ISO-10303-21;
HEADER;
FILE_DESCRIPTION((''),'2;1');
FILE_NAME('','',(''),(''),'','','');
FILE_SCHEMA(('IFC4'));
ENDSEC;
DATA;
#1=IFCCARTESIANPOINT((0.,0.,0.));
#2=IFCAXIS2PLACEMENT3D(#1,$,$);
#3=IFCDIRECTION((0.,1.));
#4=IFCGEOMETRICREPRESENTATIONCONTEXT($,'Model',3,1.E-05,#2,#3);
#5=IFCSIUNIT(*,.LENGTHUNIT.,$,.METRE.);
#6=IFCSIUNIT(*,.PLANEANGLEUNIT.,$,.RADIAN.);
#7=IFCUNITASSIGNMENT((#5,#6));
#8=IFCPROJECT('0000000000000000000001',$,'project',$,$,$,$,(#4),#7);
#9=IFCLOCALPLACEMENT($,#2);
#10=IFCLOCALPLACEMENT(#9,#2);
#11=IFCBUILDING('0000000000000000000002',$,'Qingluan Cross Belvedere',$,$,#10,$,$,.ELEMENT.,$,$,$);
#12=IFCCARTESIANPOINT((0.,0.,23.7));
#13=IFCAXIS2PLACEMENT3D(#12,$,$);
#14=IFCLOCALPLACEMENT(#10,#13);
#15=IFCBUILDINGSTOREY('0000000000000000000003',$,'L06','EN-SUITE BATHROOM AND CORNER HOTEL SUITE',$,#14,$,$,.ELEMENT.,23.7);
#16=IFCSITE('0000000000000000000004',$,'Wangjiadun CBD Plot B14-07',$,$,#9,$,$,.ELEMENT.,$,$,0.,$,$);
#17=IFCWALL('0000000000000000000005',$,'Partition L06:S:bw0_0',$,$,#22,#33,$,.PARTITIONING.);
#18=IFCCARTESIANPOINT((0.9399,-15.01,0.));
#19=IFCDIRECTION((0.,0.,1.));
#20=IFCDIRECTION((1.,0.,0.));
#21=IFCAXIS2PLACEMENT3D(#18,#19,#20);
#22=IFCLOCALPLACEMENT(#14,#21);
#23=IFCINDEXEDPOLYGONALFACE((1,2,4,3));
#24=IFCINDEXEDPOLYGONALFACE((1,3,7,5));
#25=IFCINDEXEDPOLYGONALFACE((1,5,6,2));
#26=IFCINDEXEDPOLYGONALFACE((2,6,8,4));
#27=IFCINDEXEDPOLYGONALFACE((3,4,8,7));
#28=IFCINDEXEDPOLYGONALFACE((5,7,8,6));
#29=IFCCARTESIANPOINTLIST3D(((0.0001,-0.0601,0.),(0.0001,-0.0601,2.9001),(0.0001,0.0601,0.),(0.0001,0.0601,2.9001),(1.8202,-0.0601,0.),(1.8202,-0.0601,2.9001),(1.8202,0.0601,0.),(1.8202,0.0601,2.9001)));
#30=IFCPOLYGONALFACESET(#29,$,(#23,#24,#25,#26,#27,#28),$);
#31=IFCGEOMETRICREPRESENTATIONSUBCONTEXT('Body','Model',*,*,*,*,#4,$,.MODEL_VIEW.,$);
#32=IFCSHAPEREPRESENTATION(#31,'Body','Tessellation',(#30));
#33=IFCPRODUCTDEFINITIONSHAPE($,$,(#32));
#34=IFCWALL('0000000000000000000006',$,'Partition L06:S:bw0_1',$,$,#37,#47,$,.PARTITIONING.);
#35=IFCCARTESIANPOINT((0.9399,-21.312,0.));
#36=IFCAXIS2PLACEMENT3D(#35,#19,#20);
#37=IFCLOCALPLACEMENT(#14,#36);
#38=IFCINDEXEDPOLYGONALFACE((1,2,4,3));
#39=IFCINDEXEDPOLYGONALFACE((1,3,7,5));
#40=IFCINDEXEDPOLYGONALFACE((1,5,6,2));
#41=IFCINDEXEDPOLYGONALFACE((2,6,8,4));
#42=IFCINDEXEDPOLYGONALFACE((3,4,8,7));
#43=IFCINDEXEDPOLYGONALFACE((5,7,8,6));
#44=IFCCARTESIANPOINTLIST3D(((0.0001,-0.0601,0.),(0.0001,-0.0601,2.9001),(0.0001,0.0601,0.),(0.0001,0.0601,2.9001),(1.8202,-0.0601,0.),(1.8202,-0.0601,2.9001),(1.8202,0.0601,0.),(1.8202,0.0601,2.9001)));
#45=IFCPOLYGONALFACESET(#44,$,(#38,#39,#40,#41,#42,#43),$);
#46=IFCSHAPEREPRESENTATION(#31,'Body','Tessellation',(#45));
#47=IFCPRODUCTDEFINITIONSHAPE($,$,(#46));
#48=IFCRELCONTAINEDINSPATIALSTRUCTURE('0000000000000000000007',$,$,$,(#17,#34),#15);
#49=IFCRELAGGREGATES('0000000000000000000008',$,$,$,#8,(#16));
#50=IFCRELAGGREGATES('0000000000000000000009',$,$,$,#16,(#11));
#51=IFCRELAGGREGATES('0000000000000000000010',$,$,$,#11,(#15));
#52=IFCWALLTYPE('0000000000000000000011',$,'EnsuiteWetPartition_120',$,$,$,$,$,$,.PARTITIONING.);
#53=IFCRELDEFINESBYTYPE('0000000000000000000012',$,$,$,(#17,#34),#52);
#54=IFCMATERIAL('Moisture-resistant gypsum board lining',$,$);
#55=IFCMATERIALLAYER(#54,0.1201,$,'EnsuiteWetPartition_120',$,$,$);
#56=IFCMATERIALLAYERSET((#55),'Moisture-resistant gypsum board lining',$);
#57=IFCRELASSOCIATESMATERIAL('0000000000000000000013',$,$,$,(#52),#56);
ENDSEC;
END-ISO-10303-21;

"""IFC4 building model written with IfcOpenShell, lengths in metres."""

from ifc_helpers import new_model, si_unit, direction, frame, frame_2d, origin, place, context, subcontext, project, spatial, rectangle, extrude, material, layer, layer_set, type_object, element, save


model = new_model("IFC4")

# Units and contexts
model_context = context("Model", 3, precision=1e-05, world=origin(), true_north=direction((0.0, 1.0)))
body_context = subcontext(model_context, "Body", "Model", "MODEL_VIEW")
ifc_project = project(units=[si_unit("LENGTHUNIT", "METRE"), si_unit("PLANEANGLEUNIT", "RADIAN")], contexts=[model_context])

# Site, building, storey
site_placement = place(None, origin())
site = spatial("IfcSite", under=ifc_project, at=site_placement, Name="Wangjiadun CBD Plot B14-07", CompositionType="ELEMENT", RefElevation=0.0)
building_placement = place(site_placement, origin())
building = spatial("IfcBuilding", under=site, at=building_placement, Name="Qingluan Cross Belvedere", CompositionType="ELEMENT")
storey_placement = place(building_placement, frame((0.0, 0.0, 23.7)))
storey = spatial("IfcBuildingStorey", under=building, at=storey_placement, Name="L06", Description="EN-SUITE BATHROOM AND CORNER HOTEL SUITE", CompositionType="ELEMENT", Elevation=23.7)

# Shared definitions
ifc_material_1 = material(Name="Moisture-resistant gypsum board lining")
ifc_layer_1 = layer(ifc_material_1, 0.1201, Name="EnsuiteWetPartition_120")
ifc_layer_set_1 = layer_set([ifc_layer_1], Name="Moisture-resistant gypsum board lining")
wall_type_1 = type_object("IfcWallType", Name="EnsuiteWetPartition_120", PredefinedType="PARTITIONING", material=ifc_layer_set_1)

# Wall
wall_1_placement = place(storey_placement, frame((0.9399, -15.01, 0.0), z_axis=(0.0, 0.0, 1.0), x_axis=(1.0, 0.0, 0.0)))
element("IfcWall", 1, at=wall_1_placement, inside=storey, type_object=wall_type_1, Name="Partition L06:S:bw0_0", PredefinedType="PARTITIONING", context=body_context, shape_type="SweptSolid", body=[
    extrude(rectangle(XDim=1.8201, YDim=0.1201, at=frame_2d((0.9102, 0.0))), origin(), (0.0, 0.0, 1.0), 2.9001),
])

# Wall
wall_2_placement = place(storey_placement, frame((0.9399, -21.312, 0.0), z_axis=(0.0, 0.0, 1.0), x_axis=(1.0, 0.0, 0.0)))
element("IfcWall", 2, at=wall_2_placement, inside=storey, type_object=wall_type_1, Name="Partition L06:S:bw0_1", PredefinedType="PARTITIONING", context=body_context, shape_type="SweptSolid", body=[
    extrude(rectangle(XDim=1.8201, YDim=0.1201, at=frame_2d((0.9102, 0.0))), origin(), (0.0, 0.0, 1.0), 2.9001),
])

save(model, "model.ifc")
